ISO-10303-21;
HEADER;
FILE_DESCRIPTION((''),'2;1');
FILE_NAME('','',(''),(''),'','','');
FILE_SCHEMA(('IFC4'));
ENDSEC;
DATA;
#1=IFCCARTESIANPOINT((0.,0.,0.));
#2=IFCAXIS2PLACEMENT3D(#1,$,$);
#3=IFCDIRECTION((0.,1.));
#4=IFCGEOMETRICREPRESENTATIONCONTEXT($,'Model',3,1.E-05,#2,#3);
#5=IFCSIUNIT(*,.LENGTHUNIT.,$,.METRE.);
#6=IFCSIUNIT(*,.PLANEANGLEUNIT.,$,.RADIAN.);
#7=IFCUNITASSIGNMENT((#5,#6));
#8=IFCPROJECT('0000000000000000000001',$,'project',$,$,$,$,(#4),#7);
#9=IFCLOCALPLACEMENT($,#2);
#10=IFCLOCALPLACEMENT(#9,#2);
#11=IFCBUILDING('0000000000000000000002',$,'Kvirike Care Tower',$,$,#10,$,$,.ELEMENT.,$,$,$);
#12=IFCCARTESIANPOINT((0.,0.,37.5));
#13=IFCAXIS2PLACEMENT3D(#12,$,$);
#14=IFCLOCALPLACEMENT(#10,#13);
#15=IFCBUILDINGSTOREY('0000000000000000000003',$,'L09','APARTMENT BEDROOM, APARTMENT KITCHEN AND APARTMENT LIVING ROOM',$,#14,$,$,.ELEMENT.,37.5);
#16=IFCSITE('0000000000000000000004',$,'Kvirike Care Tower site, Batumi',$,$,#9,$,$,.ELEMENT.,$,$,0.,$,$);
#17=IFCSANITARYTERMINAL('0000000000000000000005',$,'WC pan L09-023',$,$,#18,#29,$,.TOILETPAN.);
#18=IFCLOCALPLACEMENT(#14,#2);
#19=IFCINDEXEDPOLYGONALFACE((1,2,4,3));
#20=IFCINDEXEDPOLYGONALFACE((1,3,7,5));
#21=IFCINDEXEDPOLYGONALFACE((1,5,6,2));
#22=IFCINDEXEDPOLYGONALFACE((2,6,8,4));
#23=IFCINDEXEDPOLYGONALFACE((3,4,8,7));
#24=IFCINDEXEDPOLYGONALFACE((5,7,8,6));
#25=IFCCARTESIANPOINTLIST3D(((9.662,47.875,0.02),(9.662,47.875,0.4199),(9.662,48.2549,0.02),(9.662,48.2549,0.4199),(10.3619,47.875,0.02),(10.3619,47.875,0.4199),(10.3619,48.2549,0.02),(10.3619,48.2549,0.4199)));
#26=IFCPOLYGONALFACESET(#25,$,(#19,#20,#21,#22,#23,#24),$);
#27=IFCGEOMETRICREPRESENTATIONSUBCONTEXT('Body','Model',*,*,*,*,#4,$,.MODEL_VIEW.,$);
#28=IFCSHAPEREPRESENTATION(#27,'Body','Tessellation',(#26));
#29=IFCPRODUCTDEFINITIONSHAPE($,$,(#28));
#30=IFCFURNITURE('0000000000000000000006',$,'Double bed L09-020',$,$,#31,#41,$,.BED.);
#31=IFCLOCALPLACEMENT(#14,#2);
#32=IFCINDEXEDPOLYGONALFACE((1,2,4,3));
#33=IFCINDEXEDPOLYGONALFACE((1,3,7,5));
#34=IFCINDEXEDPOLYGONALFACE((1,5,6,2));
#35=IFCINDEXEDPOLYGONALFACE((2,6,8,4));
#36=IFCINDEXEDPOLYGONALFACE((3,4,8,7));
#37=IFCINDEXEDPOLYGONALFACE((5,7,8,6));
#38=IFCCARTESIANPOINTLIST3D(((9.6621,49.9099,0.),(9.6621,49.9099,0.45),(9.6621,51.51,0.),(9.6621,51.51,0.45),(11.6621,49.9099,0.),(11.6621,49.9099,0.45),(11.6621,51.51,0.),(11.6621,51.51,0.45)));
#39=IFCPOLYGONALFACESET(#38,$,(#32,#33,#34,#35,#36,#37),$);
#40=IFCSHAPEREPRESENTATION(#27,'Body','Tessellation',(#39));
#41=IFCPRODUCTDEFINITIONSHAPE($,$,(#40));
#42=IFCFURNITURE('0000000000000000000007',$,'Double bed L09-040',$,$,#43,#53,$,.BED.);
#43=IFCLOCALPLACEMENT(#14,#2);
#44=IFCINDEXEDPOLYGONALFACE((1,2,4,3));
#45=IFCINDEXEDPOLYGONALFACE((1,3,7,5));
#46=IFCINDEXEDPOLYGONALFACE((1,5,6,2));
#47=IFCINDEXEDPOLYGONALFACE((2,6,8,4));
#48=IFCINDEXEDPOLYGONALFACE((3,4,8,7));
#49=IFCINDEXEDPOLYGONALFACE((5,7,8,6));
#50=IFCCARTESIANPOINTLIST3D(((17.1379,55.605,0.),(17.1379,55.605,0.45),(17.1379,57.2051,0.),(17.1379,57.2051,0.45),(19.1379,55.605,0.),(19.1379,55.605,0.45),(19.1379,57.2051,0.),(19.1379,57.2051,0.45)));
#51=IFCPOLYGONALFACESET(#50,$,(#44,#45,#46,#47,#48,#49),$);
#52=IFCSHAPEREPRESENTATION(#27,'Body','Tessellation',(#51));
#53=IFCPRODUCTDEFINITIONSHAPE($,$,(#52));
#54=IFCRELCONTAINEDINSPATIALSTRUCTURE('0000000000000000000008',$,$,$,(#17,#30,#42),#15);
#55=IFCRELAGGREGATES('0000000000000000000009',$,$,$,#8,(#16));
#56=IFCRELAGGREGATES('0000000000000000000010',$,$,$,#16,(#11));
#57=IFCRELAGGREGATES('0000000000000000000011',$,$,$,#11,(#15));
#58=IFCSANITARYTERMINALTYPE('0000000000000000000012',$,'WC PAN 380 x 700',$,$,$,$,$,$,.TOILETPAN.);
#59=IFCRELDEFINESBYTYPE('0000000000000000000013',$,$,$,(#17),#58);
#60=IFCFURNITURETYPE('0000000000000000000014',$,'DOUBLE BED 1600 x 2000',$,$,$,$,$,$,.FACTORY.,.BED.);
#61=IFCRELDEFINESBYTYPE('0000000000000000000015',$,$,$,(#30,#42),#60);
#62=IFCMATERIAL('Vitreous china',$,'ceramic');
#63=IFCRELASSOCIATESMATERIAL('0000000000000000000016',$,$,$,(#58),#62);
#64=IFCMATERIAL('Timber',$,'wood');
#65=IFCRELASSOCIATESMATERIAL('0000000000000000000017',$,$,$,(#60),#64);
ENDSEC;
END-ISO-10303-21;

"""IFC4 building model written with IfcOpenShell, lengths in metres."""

from ifc_helpers import new_model, si_unit, direction, frame, origin, origin_2d, place, context, subcontext, project, spatial, rectangle, extrude, material, type_object, element, save


model = new_model("IFC4")

# Units and contexts
model_context = context("Model", 3, precision=1e-05, world=origin(), true_north=direction((0.0, 1.0)))
body_context = subcontext(model_context, "Body", "Model", "MODEL_VIEW")
ifc_project = project(units=[si_unit("LENGTHUNIT", "METRE"), si_unit("PLANEANGLEUNIT", "RADIAN")], contexts=[model_context])

# Site, building, storey
site_placement = place(None, origin())
site = spatial("IfcSite", under=ifc_project, at=site_placement, Name="Kvirike Care Tower site, Batumi", CompositionType="ELEMENT", RefElevation=0.0)
building_placement = place(site_placement, origin())
building = spatial("IfcBuilding", under=site, at=building_placement, Name="Kvirike Care Tower", CompositionType="ELEMENT")
storey_placement = place(building_placement, frame((0.0, 0.0, 37.5)))
storey = spatial("IfcBuildingStorey", under=building, at=storey_placement, Name="L09", Description="APARTMENT BEDROOM, APARTMENT KITCHEN AND APARTMENT LIVING ROOM", CompositionType="ELEMENT", Elevation=37.5)

# Sanitary terminal
ifc_material_1 = material(Name="Vitreous china", Category="ceramic")
sanitary_terminal_type_1 = type_object("IfcSanitaryTerminalType", Name="WC PAN 380 x 700", PredefinedType="TOILETPAN", material=ifc_material_1)
sanitary_terminal_1_placement = place(storey_placement, frame((10.012, 48.0649, 0.02), z_axis=(0.0, 0.0, 1.0), x_axis=(0.0, 1.0, 0.0)))
element("IfcSanitaryTerminal", 1, at=sanitary_terminal_1_placement, inside=storey, type_object=sanitary_terminal_type_1, Name="WC pan L09-023", PredefinedType="TOILETPAN", context=body_context, shape_type="SweptSolid", body=[
    extrude(rectangle(XDim=0.3799, YDim=0.7, at=origin_2d()), origin(), (0.0, 0.0, 1.0), 0.3999),
])

# Furniture
ifc_material_2 = material(Name="Timber", Category="wood")
furniture_type = type_object("IfcFurnitureType", Name="DOUBLE BED 1600 x 2000", AssemblyPlace="FACTORY", PredefinedType="BED", material=ifc_material_2)
for number, where, z_axis, x_axis, name in (
    (2, (10.6621, 50.71, 0.0), (0.0, 0.0, 1.0), (0.0, 1.0, 0.0), "Double bed L09-020"),
    (3, (18.1379, 56.405, 0.0), (0.0, 0.0, 1.0), (0.0, -1.0, 0.0), "Double bed L09-040"),
):
    element("IfcFurniture", number, at=place(storey_placement, frame(where, z_axis=z_axis, x_axis=x_axis)), inside=storey, type_object=furniture_type, Name=name, PredefinedType="BED", context=body_context, shape_type="SweptSolid", body=[
        extrude(rectangle(XDim=1.6001, YDim=2.0, at=origin_2d()), origin(), (0.0, 0.0, 1.0), 0.45),
    ])

save(model, "model.ifc")
